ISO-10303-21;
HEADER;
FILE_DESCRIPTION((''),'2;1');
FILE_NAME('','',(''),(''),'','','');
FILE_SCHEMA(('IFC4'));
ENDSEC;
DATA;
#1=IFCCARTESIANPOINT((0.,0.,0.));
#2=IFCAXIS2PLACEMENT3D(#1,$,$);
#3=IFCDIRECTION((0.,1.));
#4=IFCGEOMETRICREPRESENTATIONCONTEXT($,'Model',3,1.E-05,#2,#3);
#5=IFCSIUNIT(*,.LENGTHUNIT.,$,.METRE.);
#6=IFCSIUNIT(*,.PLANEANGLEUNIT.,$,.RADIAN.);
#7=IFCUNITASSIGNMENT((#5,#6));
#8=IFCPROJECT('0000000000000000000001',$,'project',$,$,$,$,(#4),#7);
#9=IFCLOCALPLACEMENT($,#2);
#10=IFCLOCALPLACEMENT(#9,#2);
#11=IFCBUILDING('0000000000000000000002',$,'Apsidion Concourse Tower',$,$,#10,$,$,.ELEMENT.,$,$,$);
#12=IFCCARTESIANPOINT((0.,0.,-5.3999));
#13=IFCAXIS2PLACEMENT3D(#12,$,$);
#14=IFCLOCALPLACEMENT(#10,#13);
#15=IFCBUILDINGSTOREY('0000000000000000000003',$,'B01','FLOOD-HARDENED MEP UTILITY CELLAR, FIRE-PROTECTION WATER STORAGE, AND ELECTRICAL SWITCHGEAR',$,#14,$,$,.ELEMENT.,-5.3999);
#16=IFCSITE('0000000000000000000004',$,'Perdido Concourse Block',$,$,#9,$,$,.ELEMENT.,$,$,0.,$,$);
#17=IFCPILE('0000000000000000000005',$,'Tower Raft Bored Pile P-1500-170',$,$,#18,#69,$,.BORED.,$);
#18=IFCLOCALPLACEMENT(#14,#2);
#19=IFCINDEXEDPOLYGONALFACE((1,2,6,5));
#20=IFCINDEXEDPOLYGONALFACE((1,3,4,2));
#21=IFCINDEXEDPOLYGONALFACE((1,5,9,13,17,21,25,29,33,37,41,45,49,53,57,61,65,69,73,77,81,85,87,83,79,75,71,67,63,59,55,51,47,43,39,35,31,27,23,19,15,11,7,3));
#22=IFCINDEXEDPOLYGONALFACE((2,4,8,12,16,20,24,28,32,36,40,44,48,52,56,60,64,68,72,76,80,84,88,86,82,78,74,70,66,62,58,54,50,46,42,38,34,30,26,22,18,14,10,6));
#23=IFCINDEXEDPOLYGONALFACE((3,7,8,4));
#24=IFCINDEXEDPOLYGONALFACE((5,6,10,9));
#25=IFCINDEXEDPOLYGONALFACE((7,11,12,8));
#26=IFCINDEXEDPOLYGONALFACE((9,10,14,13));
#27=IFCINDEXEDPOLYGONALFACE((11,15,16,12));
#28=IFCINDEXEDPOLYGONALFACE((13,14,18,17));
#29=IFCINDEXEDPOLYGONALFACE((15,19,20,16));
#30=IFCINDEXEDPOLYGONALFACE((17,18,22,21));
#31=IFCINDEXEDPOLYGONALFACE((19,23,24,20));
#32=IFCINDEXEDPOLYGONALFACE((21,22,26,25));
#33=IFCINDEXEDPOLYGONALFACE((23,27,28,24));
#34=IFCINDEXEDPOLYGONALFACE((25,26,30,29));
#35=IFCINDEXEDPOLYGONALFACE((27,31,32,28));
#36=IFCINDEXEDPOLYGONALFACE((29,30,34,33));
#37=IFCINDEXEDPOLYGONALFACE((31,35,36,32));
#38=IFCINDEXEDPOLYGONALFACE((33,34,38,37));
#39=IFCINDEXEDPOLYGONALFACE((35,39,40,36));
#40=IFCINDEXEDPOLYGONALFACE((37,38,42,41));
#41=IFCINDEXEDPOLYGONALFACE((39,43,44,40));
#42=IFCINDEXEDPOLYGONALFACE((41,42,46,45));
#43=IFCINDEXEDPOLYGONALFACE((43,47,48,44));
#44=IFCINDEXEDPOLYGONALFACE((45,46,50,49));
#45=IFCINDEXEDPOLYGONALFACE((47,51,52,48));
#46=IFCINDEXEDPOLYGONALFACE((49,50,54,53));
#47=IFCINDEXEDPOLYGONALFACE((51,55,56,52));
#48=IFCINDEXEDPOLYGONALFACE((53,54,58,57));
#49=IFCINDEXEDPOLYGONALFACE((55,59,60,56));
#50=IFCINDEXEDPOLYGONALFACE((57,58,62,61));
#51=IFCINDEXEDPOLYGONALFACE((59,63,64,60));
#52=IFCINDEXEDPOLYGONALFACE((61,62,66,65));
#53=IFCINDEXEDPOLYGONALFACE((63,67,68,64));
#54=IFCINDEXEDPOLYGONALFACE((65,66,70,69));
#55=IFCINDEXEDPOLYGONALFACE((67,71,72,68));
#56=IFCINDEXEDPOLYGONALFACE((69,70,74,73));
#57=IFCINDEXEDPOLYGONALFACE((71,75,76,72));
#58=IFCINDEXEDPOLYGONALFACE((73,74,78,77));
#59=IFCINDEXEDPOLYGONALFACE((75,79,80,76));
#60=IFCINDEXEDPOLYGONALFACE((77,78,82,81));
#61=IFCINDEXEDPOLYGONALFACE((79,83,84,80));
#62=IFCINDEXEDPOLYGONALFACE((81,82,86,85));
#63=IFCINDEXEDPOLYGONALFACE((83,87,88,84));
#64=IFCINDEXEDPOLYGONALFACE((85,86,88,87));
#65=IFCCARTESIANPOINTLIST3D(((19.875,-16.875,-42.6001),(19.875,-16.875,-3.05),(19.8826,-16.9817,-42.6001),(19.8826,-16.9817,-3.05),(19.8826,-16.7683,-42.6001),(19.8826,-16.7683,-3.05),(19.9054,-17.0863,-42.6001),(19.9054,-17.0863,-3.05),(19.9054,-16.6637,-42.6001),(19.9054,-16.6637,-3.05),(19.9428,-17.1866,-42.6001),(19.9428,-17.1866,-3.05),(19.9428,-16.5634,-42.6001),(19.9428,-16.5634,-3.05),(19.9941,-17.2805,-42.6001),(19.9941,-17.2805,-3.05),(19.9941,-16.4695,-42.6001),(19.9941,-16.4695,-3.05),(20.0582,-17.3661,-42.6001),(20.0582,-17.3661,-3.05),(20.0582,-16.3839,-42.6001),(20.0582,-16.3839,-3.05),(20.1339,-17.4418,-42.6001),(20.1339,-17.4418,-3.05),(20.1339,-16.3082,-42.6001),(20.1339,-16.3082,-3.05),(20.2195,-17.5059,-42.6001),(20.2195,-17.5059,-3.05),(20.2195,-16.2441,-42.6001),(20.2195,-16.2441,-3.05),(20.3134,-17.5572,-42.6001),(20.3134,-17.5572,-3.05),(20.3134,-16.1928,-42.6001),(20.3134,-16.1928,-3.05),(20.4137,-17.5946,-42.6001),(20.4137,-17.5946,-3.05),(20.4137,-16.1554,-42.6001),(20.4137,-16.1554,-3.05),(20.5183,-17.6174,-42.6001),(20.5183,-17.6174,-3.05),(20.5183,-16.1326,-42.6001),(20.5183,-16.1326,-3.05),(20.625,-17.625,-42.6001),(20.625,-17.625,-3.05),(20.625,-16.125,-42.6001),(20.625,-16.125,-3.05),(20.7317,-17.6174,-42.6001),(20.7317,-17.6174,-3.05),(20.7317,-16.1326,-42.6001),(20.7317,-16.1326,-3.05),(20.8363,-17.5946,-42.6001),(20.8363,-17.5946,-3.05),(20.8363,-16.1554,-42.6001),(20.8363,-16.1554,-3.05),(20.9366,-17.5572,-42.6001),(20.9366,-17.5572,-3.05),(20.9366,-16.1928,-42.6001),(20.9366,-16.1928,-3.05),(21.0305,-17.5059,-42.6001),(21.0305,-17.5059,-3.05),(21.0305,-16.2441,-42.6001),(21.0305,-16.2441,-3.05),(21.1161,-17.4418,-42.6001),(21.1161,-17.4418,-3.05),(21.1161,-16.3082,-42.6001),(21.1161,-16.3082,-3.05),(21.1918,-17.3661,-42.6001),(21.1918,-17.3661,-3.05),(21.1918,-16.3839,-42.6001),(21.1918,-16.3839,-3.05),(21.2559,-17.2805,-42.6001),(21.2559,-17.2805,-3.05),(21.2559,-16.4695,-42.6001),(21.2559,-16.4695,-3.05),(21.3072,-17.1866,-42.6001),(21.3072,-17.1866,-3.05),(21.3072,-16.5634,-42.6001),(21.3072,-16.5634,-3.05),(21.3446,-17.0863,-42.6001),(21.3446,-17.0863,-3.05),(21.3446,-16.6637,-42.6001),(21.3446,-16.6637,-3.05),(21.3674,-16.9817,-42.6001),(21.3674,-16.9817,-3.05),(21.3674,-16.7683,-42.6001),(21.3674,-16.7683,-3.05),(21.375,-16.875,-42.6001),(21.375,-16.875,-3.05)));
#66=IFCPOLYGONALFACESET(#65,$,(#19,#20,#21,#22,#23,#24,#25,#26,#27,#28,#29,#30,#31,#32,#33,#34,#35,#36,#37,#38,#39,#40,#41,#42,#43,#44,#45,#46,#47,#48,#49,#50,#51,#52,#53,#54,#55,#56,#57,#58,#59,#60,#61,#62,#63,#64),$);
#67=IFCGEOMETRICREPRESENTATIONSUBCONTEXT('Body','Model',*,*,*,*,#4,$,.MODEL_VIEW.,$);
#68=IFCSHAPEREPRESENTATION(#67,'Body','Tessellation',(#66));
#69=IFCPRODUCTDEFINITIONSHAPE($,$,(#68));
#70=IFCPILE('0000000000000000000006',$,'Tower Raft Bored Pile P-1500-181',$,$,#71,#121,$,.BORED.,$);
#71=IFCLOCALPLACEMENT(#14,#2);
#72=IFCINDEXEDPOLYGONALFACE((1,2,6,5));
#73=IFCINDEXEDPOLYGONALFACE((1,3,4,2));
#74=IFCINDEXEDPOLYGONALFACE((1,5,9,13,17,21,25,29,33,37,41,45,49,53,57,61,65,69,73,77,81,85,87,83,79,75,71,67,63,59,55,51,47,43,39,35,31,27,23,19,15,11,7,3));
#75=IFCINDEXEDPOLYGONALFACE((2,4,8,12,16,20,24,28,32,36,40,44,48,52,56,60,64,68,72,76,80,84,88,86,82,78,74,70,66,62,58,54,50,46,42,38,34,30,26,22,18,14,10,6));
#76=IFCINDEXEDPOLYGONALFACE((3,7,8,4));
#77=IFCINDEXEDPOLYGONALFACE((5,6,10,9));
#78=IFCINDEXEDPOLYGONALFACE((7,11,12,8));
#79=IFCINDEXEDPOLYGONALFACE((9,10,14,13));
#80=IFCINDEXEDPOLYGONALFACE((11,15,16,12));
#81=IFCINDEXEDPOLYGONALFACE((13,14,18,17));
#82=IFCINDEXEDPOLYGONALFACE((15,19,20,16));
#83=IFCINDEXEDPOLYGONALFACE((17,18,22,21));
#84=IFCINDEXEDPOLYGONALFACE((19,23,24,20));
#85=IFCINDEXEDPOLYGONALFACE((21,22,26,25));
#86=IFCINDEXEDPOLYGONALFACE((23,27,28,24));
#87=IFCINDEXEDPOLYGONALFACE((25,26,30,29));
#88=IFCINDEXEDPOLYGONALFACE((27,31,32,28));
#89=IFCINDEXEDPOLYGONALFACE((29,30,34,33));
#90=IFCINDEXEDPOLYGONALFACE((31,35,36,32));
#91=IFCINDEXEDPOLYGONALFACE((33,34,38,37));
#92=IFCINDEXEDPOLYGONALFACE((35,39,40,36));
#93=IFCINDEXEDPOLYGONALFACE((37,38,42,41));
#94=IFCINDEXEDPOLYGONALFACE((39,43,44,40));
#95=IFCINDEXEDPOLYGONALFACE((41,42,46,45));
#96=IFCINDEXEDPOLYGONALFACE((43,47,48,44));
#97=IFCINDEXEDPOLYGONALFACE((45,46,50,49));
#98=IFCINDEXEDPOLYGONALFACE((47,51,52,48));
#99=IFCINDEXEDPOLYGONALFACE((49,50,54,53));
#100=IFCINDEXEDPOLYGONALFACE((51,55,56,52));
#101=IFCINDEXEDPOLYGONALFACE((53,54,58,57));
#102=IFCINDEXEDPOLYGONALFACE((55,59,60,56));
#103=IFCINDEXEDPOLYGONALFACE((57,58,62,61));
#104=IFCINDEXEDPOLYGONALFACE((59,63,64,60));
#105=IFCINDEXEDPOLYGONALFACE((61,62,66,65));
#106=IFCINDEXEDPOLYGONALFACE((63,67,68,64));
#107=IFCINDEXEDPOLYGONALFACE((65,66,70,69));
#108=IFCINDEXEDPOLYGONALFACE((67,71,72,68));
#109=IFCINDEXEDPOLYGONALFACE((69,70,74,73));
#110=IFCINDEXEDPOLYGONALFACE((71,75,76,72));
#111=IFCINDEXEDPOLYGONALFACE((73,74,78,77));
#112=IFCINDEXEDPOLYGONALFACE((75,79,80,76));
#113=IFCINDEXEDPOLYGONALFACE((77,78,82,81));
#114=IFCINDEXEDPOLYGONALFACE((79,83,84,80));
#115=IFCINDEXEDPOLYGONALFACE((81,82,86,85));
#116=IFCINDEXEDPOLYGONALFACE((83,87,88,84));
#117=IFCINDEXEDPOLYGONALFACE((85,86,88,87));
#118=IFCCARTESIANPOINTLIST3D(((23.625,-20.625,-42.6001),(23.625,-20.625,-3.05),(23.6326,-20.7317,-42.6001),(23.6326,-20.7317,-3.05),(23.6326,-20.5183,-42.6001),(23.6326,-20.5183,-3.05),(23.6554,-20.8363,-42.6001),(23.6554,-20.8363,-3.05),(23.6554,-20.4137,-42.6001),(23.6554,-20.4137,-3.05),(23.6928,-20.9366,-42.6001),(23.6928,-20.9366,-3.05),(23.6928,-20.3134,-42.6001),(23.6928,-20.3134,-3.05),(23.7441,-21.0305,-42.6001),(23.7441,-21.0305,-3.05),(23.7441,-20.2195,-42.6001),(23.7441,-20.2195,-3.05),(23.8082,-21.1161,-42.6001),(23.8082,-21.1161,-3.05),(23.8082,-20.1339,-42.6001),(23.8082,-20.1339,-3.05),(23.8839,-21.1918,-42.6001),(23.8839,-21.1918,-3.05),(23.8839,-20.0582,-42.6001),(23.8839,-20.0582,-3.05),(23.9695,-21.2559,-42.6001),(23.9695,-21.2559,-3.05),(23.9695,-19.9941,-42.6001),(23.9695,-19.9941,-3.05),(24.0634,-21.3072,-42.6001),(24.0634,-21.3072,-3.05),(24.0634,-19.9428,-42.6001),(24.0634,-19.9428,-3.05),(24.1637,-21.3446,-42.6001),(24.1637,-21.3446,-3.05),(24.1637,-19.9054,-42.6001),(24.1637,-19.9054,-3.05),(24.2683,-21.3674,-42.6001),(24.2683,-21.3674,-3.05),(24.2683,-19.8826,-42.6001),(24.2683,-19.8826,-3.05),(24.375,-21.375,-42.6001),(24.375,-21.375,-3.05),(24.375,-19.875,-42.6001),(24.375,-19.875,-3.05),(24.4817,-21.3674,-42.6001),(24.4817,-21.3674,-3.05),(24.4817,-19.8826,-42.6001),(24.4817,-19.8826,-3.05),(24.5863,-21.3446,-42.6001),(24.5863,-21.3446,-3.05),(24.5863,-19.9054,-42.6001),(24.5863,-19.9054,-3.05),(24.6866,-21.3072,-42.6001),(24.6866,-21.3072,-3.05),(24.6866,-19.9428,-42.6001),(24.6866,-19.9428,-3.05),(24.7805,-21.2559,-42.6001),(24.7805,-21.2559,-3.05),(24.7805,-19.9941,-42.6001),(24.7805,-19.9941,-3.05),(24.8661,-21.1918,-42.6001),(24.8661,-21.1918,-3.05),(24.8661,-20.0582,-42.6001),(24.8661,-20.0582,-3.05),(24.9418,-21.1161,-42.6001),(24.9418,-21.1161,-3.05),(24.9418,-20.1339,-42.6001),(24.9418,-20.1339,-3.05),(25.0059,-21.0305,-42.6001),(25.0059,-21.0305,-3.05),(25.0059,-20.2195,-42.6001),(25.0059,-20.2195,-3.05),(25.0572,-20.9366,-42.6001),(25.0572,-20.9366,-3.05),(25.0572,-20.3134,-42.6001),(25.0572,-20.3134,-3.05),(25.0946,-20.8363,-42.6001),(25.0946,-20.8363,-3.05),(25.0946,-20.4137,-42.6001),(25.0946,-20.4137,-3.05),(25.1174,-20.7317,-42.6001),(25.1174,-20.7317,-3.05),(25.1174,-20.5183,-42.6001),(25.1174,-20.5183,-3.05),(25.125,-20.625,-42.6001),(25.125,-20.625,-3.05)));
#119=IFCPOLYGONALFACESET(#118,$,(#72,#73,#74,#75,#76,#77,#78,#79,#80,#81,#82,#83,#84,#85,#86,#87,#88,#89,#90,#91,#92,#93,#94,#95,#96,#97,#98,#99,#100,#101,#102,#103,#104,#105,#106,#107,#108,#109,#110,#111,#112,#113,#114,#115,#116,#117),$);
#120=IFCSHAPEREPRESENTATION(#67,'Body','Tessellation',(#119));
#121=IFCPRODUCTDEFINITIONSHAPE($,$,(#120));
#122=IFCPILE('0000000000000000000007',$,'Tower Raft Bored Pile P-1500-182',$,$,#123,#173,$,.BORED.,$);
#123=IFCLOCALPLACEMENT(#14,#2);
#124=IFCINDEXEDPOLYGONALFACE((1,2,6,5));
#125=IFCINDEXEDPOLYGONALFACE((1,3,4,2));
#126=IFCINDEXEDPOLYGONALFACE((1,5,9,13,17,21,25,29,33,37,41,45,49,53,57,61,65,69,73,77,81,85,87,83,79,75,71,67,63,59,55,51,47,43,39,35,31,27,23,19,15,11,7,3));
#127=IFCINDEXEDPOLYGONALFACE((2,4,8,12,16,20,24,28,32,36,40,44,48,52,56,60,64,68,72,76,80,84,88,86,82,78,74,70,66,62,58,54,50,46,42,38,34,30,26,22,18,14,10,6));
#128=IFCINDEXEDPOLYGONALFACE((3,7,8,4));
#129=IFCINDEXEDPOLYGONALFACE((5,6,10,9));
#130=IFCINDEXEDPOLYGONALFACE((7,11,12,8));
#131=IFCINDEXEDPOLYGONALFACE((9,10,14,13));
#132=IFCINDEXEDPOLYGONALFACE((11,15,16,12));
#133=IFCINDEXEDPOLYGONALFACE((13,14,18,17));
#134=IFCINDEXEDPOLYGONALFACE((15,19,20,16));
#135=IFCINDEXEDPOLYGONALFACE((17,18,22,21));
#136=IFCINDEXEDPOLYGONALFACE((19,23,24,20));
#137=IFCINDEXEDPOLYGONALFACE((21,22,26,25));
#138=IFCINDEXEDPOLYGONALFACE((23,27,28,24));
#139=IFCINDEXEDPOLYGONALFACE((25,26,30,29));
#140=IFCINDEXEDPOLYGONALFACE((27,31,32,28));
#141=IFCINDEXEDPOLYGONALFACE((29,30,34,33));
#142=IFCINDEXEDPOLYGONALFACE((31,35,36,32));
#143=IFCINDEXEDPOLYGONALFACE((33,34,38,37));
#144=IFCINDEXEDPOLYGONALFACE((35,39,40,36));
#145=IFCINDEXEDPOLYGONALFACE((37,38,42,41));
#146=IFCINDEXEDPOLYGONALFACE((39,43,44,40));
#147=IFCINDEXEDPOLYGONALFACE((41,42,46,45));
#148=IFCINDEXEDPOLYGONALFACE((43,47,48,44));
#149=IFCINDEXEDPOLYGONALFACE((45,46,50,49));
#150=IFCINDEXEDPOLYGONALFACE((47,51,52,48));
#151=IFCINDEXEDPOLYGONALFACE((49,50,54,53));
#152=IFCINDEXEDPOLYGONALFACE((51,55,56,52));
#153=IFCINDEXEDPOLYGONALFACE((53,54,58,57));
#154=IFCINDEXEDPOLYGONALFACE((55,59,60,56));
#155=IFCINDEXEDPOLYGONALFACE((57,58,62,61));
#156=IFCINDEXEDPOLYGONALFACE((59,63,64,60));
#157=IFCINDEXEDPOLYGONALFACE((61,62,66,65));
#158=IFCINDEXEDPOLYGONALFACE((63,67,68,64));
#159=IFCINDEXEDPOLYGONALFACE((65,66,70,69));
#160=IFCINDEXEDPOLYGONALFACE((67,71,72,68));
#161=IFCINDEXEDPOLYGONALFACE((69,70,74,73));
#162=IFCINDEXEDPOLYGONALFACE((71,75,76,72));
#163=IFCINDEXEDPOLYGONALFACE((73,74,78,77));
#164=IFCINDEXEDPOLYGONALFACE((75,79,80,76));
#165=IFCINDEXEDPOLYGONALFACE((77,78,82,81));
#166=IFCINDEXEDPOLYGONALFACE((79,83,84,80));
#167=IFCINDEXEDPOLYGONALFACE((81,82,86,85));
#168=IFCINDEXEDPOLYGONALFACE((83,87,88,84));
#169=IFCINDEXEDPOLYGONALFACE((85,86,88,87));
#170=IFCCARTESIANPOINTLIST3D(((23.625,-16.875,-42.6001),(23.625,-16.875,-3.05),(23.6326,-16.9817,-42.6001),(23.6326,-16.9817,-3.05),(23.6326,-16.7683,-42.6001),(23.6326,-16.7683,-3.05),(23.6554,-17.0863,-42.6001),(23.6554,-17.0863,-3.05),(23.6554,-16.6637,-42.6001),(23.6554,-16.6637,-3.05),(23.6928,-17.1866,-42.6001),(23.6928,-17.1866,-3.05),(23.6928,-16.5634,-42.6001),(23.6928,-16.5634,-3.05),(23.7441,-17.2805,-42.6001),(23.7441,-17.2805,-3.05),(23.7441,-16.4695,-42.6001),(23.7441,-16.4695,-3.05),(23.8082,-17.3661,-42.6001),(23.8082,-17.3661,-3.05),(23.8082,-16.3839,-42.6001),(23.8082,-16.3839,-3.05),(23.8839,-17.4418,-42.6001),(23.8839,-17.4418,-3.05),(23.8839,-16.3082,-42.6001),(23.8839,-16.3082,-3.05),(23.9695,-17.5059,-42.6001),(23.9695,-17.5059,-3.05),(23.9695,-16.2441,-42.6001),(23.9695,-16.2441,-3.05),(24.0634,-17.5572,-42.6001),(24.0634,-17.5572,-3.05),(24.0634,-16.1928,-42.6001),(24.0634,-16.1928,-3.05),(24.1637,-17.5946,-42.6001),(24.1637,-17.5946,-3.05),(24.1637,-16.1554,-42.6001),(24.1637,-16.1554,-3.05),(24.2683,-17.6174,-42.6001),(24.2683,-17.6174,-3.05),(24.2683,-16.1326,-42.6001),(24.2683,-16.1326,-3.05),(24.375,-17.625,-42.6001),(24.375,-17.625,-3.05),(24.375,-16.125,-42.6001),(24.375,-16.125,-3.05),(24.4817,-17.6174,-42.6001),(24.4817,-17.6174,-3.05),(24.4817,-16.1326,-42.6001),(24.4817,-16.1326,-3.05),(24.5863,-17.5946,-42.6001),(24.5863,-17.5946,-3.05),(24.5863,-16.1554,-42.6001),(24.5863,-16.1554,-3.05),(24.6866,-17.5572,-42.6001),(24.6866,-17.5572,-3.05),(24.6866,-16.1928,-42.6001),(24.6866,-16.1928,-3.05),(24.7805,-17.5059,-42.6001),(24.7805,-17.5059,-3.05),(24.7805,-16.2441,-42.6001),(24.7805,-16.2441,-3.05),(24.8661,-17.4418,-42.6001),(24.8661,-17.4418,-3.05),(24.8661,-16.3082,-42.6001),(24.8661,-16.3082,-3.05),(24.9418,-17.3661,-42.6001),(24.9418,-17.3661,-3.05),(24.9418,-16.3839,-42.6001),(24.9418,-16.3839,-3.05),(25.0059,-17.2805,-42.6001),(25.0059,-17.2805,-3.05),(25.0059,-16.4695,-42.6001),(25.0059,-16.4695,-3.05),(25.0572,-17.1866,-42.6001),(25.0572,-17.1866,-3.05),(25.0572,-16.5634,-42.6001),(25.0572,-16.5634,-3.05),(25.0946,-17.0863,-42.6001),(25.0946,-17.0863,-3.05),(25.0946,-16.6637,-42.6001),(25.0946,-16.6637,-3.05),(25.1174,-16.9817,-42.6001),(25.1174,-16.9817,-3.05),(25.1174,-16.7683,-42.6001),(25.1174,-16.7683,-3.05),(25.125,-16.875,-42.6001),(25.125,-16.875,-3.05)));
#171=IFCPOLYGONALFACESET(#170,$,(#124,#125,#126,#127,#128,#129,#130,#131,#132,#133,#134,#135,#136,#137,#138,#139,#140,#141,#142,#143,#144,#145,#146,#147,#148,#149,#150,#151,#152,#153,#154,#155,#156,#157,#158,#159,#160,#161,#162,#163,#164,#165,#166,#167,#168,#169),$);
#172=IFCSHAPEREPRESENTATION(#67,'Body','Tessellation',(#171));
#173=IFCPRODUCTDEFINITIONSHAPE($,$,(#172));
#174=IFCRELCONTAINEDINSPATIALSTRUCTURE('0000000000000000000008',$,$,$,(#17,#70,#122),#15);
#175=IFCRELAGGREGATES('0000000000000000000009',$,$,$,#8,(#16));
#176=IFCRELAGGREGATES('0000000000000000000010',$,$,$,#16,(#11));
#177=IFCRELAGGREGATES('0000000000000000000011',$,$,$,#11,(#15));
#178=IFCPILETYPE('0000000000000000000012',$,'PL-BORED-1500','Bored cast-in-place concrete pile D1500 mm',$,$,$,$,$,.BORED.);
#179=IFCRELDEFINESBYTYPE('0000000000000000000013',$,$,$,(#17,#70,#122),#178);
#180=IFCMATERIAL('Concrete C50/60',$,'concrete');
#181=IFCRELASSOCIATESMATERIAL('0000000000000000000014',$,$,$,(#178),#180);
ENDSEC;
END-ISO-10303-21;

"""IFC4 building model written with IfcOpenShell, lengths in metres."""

from ifc_helpers import new_model, si_unit, direction, frame, origin, origin_2d, place, context, subcontext, project, spatial, circle, extrude, material, material_profile, profile_set, type_object, element, save


model = new_model("IFC4")

# Units and contexts
model_context = context("Model", 3, precision=1e-05, world=origin(), true_north=direction((0.0, 1.0)))
body_context = subcontext(model_context, "Body", "Model", "MODEL_VIEW")
ifc_project = project(units=[si_unit("LENGTHUNIT", "METRE"), si_unit("PLANEANGLEUNIT", "RADIAN")], contexts=[model_context])

# Site, building, storey
site_placement = place(None, origin())
site = spatial("IfcSite", under=ifc_project, at=site_placement, Name="Perdido Concourse Block", CompositionType="ELEMENT", RefElevation=0.0)
building_placement = place(site_placement, origin())
building = spatial("IfcBuilding", under=site, at=building_placement, Name="Apsidion Concourse Tower", CompositionType="ELEMENT")
storey_placement = place(building_placement, frame((0.0, 0.0, -5.3999)))
storey = spatial("IfcBuildingStorey", under=building, at=storey_placement, Name="B01", Description="FLOOD-HARDENED MEP UTILITY CELLAR, FIRE-PROTECTION WATER STORAGE, AND ELECTRICAL SWITCHGEAR", CompositionType="ELEMENT", Elevation=-5.3999)

# Shared definitions
ifc_material_1 = material(Name="Concrete C50/60", Category="concrete")

# Piles
ifc_material_profile_1 = material_profile(ifc_material_1, circle(Radius=0.75, at=origin_2d()), Name="BORED PILE D1500")
ifc_profile_set_1 = profile_set([ifc_material_profile_1], Name="Concrete C50/60")
pile_type_1 = type_object("IfcPileType", Name="PL-BORED-1500", Description="Bored cast-in-place concrete pile D1500 mm", PredefinedType="BORED", material=ifc_profile_set_1)
for number, where, z_axis, x_axis, name in (
    (1, (20.625, -16.875, -3.05), (0.0, 0.0, -1.0), (1.0, 0.0, 0.0), "Tower Raft Bored Pile P-1500-170"),
    (2, (24.375, -20.625, -3.05), (0.0, 0.0, -1.0), (1.0, 0.0, 0.0), "Tower Raft Bored Pile P-1500-181"),
    (3, (24.375, -16.875, -3.05), (0.0, 0.0, -1.0), (1.0, 0.0, 0.0), "Tower Raft Bored Pile P-1500-182"),
):
    element("IfcPile", number, at=place(storey_placement, frame(where, z_axis=z_axis, x_axis=x_axis)), inside=storey, type_object=pile_type_1, Name=name, PredefinedType="BORED", context=body_context, shape_type="SweptSolid", body=[
        extrude(circle(Radius=0.75, at=origin_2d()), origin(), (0.0, 0.0, 1.0), 39.55),
    ])

save(model, "model.ifc")
